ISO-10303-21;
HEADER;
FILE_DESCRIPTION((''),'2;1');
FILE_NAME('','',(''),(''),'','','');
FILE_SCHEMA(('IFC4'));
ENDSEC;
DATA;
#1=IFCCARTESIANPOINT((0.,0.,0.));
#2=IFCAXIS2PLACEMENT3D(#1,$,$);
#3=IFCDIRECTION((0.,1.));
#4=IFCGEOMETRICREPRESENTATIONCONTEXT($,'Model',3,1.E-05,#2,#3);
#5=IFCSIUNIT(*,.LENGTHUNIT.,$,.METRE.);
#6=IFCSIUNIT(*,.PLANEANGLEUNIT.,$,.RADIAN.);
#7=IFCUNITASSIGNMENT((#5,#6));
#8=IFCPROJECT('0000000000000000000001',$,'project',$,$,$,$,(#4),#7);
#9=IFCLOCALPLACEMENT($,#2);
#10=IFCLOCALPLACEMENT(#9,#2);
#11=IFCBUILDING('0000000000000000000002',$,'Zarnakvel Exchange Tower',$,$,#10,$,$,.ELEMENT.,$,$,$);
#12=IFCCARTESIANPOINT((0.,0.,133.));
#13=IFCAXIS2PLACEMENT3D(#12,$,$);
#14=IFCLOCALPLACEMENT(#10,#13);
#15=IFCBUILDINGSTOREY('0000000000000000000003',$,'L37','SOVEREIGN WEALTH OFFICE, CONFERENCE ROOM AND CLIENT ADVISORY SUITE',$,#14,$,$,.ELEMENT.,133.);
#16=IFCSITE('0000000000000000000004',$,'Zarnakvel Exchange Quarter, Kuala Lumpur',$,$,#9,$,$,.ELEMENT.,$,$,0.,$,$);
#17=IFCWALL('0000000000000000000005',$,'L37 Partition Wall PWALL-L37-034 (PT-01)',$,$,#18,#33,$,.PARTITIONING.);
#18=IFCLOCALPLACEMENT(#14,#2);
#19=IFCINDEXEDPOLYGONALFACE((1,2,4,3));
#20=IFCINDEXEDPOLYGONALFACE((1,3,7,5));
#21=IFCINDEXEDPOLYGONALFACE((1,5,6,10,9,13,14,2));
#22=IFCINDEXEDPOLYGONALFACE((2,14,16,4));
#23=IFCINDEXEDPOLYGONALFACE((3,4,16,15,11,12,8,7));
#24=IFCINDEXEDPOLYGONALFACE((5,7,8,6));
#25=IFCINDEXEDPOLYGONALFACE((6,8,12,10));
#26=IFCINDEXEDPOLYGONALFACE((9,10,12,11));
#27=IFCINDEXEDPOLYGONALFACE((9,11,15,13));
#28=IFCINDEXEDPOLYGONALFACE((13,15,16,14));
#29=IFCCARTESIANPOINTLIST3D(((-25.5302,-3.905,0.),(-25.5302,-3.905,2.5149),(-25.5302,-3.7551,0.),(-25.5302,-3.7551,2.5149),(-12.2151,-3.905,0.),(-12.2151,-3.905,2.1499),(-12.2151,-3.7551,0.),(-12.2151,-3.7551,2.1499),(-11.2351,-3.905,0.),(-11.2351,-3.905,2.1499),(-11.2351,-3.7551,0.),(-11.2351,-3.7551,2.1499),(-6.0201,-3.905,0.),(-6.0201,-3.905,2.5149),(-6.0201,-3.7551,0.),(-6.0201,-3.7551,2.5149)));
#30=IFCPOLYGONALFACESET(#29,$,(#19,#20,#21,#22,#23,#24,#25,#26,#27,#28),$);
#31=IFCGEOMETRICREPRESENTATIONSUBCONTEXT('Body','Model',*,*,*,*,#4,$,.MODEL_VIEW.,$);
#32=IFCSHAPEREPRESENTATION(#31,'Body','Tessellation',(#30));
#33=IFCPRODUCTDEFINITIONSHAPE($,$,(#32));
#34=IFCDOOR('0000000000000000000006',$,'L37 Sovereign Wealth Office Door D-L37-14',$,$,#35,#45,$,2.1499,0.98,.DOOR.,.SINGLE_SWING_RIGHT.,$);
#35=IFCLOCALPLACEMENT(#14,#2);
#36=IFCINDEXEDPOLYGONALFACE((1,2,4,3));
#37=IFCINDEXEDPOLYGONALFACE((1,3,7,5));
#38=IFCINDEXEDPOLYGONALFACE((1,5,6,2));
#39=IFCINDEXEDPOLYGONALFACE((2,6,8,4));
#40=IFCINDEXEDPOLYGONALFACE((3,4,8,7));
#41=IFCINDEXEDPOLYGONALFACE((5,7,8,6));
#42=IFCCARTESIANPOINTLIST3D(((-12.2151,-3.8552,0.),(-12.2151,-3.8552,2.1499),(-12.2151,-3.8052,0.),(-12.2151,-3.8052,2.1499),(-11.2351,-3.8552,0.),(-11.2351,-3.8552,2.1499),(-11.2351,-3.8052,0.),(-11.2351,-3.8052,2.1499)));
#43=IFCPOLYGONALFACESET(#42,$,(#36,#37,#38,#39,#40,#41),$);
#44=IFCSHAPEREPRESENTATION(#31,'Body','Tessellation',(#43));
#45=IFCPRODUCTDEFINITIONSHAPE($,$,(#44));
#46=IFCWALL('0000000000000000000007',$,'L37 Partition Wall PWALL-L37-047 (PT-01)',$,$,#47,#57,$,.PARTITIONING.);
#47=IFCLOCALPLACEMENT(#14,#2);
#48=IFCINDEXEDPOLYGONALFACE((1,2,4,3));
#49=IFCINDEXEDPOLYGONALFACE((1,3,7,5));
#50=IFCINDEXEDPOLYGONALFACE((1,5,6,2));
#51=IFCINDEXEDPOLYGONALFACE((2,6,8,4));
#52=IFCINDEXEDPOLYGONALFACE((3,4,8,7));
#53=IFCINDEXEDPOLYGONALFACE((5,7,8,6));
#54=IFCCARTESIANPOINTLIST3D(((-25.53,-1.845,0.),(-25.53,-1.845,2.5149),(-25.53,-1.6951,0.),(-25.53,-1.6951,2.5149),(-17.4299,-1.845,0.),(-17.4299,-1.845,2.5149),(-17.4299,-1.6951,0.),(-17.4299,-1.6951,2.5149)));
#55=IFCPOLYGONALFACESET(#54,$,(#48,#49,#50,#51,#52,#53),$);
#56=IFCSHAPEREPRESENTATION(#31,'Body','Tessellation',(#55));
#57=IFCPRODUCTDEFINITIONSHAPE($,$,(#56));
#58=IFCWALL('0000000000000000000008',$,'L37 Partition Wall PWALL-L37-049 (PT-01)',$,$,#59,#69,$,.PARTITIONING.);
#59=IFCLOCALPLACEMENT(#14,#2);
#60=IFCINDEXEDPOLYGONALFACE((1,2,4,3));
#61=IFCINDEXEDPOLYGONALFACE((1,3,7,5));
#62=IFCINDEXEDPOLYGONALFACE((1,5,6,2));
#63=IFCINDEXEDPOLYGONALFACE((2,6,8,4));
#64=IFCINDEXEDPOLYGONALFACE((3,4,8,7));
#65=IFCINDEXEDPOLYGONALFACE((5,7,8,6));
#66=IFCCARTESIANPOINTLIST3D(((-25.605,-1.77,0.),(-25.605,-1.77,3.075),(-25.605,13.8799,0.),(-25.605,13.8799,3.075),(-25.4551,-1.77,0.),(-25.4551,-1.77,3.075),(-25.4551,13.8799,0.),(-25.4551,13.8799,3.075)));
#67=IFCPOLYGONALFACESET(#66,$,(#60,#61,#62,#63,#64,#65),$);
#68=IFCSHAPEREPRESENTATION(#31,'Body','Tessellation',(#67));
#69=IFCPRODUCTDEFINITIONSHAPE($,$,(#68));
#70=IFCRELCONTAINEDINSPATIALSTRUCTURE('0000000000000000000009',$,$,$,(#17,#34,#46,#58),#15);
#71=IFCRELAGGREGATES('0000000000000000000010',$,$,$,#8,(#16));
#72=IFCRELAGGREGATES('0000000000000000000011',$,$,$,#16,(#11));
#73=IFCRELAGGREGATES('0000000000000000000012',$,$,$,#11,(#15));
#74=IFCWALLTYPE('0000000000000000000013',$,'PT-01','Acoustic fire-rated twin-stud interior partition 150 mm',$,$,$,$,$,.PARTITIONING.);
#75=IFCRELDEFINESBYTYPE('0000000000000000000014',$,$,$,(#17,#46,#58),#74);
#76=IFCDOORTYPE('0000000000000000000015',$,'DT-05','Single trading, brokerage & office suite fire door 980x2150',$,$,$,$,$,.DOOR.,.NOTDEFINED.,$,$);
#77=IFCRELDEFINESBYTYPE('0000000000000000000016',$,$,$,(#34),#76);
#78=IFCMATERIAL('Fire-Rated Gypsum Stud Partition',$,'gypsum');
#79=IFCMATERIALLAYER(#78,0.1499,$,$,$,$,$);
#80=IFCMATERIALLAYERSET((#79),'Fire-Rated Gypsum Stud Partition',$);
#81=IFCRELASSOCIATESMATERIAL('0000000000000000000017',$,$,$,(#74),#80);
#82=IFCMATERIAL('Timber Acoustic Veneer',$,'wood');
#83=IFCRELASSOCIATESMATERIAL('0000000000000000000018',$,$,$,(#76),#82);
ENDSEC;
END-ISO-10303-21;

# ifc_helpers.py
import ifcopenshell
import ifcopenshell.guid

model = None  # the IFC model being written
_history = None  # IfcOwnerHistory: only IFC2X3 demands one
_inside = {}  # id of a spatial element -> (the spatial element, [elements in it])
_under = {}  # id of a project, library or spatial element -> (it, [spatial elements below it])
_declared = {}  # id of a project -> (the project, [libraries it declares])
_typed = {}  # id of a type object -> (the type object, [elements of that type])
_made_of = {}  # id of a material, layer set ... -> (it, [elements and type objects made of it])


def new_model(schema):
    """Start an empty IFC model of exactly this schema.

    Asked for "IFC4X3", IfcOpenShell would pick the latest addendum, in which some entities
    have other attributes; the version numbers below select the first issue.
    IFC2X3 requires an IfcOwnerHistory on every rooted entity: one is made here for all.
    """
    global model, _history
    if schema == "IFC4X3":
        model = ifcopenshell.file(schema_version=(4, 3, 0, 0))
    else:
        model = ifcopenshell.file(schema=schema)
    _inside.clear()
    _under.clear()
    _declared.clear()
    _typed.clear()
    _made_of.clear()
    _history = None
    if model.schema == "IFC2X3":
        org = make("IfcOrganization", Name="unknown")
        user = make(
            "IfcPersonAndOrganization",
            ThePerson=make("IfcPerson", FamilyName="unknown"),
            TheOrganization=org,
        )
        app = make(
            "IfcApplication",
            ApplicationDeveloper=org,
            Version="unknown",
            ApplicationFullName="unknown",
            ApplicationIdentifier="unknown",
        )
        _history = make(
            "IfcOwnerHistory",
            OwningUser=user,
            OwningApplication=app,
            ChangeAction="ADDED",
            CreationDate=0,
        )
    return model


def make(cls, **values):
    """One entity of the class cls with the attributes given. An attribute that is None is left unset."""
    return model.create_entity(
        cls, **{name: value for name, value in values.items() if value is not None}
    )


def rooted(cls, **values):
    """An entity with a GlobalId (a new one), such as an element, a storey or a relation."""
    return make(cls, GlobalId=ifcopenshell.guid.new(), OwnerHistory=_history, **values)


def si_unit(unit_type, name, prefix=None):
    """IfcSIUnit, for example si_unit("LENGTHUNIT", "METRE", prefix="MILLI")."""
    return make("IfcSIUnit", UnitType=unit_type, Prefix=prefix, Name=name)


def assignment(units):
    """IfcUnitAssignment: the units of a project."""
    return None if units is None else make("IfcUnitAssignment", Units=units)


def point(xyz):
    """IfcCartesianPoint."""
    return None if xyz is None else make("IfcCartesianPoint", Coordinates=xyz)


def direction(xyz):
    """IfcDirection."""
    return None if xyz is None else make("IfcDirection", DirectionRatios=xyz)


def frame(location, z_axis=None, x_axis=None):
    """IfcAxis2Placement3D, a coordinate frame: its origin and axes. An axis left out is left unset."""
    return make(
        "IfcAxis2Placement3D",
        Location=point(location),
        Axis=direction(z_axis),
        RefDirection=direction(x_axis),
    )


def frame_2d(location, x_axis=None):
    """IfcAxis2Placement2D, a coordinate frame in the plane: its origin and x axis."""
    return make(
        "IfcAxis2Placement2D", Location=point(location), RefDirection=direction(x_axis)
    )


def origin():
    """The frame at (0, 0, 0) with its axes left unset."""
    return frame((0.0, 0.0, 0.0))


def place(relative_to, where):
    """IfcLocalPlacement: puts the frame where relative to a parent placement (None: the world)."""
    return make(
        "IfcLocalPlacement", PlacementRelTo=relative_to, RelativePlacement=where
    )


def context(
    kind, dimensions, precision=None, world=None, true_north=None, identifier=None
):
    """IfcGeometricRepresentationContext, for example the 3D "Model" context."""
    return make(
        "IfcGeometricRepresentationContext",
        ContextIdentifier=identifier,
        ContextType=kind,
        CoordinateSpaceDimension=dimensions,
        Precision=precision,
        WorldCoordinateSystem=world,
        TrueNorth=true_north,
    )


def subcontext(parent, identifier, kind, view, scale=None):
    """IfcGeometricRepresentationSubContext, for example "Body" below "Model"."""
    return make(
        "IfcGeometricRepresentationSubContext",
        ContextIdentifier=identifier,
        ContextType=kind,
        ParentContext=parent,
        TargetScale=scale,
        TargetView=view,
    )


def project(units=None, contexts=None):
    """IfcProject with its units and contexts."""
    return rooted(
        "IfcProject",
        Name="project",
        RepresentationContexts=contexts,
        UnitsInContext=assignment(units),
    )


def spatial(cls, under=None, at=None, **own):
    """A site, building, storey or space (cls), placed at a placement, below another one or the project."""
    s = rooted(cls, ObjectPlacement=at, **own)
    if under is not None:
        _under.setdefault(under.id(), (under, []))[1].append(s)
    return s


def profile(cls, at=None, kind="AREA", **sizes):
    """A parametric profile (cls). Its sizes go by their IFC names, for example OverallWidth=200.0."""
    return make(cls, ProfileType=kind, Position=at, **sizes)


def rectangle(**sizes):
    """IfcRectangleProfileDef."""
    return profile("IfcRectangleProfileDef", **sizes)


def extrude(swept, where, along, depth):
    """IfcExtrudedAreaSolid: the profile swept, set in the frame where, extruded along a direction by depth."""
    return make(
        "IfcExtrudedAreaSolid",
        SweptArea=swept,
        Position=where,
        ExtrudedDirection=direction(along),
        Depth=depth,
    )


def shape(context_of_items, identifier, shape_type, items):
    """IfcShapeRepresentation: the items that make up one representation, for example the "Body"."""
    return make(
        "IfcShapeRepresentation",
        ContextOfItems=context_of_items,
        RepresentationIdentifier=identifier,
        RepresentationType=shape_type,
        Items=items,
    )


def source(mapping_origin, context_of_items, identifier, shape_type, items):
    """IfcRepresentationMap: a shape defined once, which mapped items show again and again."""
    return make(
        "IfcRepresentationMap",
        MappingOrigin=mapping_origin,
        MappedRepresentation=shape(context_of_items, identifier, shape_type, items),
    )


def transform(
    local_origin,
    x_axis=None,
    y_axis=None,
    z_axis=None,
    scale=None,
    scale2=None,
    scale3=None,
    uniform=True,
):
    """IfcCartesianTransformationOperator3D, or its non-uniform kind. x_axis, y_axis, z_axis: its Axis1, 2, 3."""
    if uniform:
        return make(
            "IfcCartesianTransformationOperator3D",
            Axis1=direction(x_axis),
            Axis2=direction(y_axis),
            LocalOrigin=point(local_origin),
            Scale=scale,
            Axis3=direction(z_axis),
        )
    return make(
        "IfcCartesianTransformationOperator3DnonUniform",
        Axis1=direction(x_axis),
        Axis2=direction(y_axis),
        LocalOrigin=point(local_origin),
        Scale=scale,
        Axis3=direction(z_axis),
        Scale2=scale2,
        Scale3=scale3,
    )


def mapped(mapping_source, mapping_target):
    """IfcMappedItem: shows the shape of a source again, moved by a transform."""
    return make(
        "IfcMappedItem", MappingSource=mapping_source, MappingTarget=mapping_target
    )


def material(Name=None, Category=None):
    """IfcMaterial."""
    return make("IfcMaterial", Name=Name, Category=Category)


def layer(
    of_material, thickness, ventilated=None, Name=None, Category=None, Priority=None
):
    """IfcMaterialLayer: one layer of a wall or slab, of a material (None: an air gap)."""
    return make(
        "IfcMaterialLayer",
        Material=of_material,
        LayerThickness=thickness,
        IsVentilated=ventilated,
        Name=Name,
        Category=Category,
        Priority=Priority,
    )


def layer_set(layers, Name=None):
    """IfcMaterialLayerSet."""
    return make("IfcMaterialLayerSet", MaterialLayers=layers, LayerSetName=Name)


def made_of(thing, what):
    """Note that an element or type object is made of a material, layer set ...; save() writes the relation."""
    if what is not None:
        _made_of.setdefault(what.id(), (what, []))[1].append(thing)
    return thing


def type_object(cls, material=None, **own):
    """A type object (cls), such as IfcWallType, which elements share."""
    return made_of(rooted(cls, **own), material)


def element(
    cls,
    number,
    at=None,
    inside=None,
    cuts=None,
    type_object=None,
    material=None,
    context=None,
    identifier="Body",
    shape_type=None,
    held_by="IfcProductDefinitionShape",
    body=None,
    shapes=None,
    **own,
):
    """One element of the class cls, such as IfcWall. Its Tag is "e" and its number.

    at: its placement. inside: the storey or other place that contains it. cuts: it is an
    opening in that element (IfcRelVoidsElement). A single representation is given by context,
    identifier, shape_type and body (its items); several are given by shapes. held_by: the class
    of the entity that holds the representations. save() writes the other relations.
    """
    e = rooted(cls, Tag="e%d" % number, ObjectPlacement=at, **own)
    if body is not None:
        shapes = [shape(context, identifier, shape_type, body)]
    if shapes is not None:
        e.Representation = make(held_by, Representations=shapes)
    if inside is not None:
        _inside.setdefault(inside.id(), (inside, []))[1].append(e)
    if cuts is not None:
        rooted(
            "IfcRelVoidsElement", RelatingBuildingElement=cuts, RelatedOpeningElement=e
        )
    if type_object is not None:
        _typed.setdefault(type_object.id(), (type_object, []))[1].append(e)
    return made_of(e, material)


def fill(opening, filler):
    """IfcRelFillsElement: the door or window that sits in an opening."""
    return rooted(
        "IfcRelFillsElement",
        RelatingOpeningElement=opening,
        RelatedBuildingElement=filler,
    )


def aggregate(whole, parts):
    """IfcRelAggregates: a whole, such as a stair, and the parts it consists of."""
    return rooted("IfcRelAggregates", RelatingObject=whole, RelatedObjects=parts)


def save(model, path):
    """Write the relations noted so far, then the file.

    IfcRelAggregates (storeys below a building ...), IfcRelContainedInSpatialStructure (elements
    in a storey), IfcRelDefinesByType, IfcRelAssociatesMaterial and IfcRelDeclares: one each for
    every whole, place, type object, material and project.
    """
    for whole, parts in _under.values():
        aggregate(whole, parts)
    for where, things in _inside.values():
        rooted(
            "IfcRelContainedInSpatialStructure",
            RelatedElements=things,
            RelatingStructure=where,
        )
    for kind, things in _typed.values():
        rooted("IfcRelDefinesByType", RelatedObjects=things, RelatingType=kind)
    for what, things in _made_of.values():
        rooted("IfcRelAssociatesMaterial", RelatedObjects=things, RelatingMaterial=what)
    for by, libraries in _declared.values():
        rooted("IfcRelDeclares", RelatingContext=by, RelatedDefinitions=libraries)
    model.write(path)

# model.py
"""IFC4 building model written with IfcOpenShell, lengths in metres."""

from ifc_helpers import new_model, si_unit, direction, frame, frame_2d, origin, place, context, subcontext, project, spatial, rectangle, extrude, source, transform, mapped, material, layer, layer_set, type_object, element, fill, save


model = new_model("IFC4")

# Units and contexts
model_context = context("Model", 3, precision=1e-05, world=origin(), true_north=direction((0.0, 1.0)))
body_context = subcontext(model_context, "Body", "Model", "MODEL_VIEW")
ifc_project = project(units=[si_unit("LENGTHUNIT", "METRE"), si_unit("PLANEANGLEUNIT", "RADIAN")], contexts=[model_context])

# Site, building, storey
site_placement = place(None, origin())
site = spatial("IfcSite", under=ifc_project, at=site_placement, Name="Zarnakvel Exchange Quarter, Kuala Lumpur", CompositionType="ELEMENT", RefElevation=0.0)
building_placement = place(site_placement, origin())
building = spatial("IfcBuilding", under=site, at=building_placement, Name="Zarnakvel Exchange Tower", CompositionType="ELEMENT")
storey_placement = place(building_placement, frame((0.0, 0.0, 133.0)))
storey = spatial("IfcBuildingStorey", under=building, at=storey_placement, Name="L37", Description="SOVEREIGN WEALTH OFFICE, CONFERENCE ROOM AND CLIENT ADVISORY SUITE", CompositionType="ELEMENT", Elevation=133.0)

# Wall, opening, door
ifc_material_1 = material(Name="Fire-Rated Gypsum Stud Partition", Category="gypsum")
ifc_layer_1 = layer(ifc_material_1, 0.1499)
ifc_layer_set_1 = layer_set([ifc_layer_1], Name="Fire-Rated Gypsum Stud Partition")
wall_type = type_object("IfcWallType", Name="PT-01", Description="Acoustic fire-rated twin-stud interior partition 150 mm", PredefinedType="PARTITIONING", material=ifc_layer_set_1)
wall_1_placement = place(storey_placement, frame((-25.53, -3.8301, 0.0), z_axis=(0.0, 0.0, 1.0), x_axis=(1.0, 0.0, 0.0)))
wall_1 = element("IfcWall", 1, at=wall_1_placement, inside=storey, type_object=wall_type, Name="L37 Partition Wall PWALL-L37-034 (PT-01)", PredefinedType="PARTITIONING", context=body_context, shape_type="SweptSolid", body=[
    extrude(rectangle(XDim=19.51, YDim=0.1499, at=frame_2d((9.7549, 0.0))), origin(), (0.0, 0.0, 1.0), 2.5149),
])
opening_placement = place(wall_1_placement, frame((13.3149, 0.0, 0.0)))
opening = element("IfcOpeningElement", 2, at=opening_placement, cuts=wall_1, PredefinedType="OPENING", context=body_context, shape_type="SweptSolid", body=[
    extrude(rectangle(XDim=0.98, YDim=2.1499, at=frame_2d((0.49, 1.075))), frame((0.0, 0.085, 0.0), z_axis=(0.0, -1.0, 0.0), x_axis=(1.0, 0.0, 0.0)), (0.0, 0.0, 1.0), 0.1699),
])
ifc_material_2 = material(Name="Timber Acoustic Veneer", Category="wood")
door_type = type_object("IfcDoorType", Name="DT-05", Description="Single trading, brokerage & office suite fire door 980x2150", OperationType="NOTDEFINED", PredefinedType="DOOR", material=ifc_material_2)
shared_shape_1 = source(origin(), body_context, "Body", "SweptSolid", [
    extrude(rectangle(XDim=0.98, YDim=2.1499, at=frame_2d((0.49, 1.075))), frame((0.0, 0.0249, 0.0), z_axis=(0.0, -1.0, 0.0), x_axis=(1.0, 0.0, 0.0)), (0.0, 0.0, 1.0), 0.05),
])
door_placement = place(opening_placement, origin())
door = element("IfcDoor", 3, at=door_placement, inside=storey, type_object=door_type, Name="L37 Sovereign Wealth Office Door D-L37-14", OperationType="SINGLE_SWING_RIGHT", OverallHeight=2.1499, OverallWidth=0.98, PredefinedType="DOOR", context=body_context, shape_type="MappedRepresentation", body=[
    mapped(shared_shape_1, transform((0.0, 0.0, 0.0), x_axis=(1.0, 0.0, 0.0), y_axis=(0.0, 1.0, 0.0), z_axis=(0.0, 0.0, 1.0), scale=1.0)),
])
fill(opening, door)

# Walls
wall_2_placement = place(storey_placement, frame((-17.4299, -1.77, 0.0), z_axis=(0.0, 0.0, 1.0), x_axis=(-1.0, 0.0, 0.0)))
element("IfcWall", 4, at=wall_2_placement, inside=storey, type_object=wall_type, Name="L37 Partition Wall PWALL-L37-047 (PT-01)", PredefinedType="PARTITIONING", context=body_context, shape_type="SweptSolid", body=[
    extrude(rectangle(XDim=8.1001, YDim=0.1499, at=frame_2d((4.05, 0.0))), origin(), (0.0, 0.0, 1.0), 2.5149),
])
wall_3_placement = place(storey_placement, frame((-25.53, -1.77, 0.0), z_axis=(0.0, 0.0, 1.0), x_axis=(0.0, 1.0, 0.0)))
element("IfcWall", 5, at=wall_3_placement, inside=storey, type_object=wall_type, Name="L37 Partition Wall PWALL-L37-049 (PT-01)", PredefinedType="PARTITIONING", context=body_context, shape_type="SweptSolid", body=[
    extrude(rectangle(XDim=15.6499, YDim=0.1499, at=frame_2d((7.825, 0.0))), origin(), (0.0, 0.0, 1.0), 3.075),
])

save(model, "model.ifc")
